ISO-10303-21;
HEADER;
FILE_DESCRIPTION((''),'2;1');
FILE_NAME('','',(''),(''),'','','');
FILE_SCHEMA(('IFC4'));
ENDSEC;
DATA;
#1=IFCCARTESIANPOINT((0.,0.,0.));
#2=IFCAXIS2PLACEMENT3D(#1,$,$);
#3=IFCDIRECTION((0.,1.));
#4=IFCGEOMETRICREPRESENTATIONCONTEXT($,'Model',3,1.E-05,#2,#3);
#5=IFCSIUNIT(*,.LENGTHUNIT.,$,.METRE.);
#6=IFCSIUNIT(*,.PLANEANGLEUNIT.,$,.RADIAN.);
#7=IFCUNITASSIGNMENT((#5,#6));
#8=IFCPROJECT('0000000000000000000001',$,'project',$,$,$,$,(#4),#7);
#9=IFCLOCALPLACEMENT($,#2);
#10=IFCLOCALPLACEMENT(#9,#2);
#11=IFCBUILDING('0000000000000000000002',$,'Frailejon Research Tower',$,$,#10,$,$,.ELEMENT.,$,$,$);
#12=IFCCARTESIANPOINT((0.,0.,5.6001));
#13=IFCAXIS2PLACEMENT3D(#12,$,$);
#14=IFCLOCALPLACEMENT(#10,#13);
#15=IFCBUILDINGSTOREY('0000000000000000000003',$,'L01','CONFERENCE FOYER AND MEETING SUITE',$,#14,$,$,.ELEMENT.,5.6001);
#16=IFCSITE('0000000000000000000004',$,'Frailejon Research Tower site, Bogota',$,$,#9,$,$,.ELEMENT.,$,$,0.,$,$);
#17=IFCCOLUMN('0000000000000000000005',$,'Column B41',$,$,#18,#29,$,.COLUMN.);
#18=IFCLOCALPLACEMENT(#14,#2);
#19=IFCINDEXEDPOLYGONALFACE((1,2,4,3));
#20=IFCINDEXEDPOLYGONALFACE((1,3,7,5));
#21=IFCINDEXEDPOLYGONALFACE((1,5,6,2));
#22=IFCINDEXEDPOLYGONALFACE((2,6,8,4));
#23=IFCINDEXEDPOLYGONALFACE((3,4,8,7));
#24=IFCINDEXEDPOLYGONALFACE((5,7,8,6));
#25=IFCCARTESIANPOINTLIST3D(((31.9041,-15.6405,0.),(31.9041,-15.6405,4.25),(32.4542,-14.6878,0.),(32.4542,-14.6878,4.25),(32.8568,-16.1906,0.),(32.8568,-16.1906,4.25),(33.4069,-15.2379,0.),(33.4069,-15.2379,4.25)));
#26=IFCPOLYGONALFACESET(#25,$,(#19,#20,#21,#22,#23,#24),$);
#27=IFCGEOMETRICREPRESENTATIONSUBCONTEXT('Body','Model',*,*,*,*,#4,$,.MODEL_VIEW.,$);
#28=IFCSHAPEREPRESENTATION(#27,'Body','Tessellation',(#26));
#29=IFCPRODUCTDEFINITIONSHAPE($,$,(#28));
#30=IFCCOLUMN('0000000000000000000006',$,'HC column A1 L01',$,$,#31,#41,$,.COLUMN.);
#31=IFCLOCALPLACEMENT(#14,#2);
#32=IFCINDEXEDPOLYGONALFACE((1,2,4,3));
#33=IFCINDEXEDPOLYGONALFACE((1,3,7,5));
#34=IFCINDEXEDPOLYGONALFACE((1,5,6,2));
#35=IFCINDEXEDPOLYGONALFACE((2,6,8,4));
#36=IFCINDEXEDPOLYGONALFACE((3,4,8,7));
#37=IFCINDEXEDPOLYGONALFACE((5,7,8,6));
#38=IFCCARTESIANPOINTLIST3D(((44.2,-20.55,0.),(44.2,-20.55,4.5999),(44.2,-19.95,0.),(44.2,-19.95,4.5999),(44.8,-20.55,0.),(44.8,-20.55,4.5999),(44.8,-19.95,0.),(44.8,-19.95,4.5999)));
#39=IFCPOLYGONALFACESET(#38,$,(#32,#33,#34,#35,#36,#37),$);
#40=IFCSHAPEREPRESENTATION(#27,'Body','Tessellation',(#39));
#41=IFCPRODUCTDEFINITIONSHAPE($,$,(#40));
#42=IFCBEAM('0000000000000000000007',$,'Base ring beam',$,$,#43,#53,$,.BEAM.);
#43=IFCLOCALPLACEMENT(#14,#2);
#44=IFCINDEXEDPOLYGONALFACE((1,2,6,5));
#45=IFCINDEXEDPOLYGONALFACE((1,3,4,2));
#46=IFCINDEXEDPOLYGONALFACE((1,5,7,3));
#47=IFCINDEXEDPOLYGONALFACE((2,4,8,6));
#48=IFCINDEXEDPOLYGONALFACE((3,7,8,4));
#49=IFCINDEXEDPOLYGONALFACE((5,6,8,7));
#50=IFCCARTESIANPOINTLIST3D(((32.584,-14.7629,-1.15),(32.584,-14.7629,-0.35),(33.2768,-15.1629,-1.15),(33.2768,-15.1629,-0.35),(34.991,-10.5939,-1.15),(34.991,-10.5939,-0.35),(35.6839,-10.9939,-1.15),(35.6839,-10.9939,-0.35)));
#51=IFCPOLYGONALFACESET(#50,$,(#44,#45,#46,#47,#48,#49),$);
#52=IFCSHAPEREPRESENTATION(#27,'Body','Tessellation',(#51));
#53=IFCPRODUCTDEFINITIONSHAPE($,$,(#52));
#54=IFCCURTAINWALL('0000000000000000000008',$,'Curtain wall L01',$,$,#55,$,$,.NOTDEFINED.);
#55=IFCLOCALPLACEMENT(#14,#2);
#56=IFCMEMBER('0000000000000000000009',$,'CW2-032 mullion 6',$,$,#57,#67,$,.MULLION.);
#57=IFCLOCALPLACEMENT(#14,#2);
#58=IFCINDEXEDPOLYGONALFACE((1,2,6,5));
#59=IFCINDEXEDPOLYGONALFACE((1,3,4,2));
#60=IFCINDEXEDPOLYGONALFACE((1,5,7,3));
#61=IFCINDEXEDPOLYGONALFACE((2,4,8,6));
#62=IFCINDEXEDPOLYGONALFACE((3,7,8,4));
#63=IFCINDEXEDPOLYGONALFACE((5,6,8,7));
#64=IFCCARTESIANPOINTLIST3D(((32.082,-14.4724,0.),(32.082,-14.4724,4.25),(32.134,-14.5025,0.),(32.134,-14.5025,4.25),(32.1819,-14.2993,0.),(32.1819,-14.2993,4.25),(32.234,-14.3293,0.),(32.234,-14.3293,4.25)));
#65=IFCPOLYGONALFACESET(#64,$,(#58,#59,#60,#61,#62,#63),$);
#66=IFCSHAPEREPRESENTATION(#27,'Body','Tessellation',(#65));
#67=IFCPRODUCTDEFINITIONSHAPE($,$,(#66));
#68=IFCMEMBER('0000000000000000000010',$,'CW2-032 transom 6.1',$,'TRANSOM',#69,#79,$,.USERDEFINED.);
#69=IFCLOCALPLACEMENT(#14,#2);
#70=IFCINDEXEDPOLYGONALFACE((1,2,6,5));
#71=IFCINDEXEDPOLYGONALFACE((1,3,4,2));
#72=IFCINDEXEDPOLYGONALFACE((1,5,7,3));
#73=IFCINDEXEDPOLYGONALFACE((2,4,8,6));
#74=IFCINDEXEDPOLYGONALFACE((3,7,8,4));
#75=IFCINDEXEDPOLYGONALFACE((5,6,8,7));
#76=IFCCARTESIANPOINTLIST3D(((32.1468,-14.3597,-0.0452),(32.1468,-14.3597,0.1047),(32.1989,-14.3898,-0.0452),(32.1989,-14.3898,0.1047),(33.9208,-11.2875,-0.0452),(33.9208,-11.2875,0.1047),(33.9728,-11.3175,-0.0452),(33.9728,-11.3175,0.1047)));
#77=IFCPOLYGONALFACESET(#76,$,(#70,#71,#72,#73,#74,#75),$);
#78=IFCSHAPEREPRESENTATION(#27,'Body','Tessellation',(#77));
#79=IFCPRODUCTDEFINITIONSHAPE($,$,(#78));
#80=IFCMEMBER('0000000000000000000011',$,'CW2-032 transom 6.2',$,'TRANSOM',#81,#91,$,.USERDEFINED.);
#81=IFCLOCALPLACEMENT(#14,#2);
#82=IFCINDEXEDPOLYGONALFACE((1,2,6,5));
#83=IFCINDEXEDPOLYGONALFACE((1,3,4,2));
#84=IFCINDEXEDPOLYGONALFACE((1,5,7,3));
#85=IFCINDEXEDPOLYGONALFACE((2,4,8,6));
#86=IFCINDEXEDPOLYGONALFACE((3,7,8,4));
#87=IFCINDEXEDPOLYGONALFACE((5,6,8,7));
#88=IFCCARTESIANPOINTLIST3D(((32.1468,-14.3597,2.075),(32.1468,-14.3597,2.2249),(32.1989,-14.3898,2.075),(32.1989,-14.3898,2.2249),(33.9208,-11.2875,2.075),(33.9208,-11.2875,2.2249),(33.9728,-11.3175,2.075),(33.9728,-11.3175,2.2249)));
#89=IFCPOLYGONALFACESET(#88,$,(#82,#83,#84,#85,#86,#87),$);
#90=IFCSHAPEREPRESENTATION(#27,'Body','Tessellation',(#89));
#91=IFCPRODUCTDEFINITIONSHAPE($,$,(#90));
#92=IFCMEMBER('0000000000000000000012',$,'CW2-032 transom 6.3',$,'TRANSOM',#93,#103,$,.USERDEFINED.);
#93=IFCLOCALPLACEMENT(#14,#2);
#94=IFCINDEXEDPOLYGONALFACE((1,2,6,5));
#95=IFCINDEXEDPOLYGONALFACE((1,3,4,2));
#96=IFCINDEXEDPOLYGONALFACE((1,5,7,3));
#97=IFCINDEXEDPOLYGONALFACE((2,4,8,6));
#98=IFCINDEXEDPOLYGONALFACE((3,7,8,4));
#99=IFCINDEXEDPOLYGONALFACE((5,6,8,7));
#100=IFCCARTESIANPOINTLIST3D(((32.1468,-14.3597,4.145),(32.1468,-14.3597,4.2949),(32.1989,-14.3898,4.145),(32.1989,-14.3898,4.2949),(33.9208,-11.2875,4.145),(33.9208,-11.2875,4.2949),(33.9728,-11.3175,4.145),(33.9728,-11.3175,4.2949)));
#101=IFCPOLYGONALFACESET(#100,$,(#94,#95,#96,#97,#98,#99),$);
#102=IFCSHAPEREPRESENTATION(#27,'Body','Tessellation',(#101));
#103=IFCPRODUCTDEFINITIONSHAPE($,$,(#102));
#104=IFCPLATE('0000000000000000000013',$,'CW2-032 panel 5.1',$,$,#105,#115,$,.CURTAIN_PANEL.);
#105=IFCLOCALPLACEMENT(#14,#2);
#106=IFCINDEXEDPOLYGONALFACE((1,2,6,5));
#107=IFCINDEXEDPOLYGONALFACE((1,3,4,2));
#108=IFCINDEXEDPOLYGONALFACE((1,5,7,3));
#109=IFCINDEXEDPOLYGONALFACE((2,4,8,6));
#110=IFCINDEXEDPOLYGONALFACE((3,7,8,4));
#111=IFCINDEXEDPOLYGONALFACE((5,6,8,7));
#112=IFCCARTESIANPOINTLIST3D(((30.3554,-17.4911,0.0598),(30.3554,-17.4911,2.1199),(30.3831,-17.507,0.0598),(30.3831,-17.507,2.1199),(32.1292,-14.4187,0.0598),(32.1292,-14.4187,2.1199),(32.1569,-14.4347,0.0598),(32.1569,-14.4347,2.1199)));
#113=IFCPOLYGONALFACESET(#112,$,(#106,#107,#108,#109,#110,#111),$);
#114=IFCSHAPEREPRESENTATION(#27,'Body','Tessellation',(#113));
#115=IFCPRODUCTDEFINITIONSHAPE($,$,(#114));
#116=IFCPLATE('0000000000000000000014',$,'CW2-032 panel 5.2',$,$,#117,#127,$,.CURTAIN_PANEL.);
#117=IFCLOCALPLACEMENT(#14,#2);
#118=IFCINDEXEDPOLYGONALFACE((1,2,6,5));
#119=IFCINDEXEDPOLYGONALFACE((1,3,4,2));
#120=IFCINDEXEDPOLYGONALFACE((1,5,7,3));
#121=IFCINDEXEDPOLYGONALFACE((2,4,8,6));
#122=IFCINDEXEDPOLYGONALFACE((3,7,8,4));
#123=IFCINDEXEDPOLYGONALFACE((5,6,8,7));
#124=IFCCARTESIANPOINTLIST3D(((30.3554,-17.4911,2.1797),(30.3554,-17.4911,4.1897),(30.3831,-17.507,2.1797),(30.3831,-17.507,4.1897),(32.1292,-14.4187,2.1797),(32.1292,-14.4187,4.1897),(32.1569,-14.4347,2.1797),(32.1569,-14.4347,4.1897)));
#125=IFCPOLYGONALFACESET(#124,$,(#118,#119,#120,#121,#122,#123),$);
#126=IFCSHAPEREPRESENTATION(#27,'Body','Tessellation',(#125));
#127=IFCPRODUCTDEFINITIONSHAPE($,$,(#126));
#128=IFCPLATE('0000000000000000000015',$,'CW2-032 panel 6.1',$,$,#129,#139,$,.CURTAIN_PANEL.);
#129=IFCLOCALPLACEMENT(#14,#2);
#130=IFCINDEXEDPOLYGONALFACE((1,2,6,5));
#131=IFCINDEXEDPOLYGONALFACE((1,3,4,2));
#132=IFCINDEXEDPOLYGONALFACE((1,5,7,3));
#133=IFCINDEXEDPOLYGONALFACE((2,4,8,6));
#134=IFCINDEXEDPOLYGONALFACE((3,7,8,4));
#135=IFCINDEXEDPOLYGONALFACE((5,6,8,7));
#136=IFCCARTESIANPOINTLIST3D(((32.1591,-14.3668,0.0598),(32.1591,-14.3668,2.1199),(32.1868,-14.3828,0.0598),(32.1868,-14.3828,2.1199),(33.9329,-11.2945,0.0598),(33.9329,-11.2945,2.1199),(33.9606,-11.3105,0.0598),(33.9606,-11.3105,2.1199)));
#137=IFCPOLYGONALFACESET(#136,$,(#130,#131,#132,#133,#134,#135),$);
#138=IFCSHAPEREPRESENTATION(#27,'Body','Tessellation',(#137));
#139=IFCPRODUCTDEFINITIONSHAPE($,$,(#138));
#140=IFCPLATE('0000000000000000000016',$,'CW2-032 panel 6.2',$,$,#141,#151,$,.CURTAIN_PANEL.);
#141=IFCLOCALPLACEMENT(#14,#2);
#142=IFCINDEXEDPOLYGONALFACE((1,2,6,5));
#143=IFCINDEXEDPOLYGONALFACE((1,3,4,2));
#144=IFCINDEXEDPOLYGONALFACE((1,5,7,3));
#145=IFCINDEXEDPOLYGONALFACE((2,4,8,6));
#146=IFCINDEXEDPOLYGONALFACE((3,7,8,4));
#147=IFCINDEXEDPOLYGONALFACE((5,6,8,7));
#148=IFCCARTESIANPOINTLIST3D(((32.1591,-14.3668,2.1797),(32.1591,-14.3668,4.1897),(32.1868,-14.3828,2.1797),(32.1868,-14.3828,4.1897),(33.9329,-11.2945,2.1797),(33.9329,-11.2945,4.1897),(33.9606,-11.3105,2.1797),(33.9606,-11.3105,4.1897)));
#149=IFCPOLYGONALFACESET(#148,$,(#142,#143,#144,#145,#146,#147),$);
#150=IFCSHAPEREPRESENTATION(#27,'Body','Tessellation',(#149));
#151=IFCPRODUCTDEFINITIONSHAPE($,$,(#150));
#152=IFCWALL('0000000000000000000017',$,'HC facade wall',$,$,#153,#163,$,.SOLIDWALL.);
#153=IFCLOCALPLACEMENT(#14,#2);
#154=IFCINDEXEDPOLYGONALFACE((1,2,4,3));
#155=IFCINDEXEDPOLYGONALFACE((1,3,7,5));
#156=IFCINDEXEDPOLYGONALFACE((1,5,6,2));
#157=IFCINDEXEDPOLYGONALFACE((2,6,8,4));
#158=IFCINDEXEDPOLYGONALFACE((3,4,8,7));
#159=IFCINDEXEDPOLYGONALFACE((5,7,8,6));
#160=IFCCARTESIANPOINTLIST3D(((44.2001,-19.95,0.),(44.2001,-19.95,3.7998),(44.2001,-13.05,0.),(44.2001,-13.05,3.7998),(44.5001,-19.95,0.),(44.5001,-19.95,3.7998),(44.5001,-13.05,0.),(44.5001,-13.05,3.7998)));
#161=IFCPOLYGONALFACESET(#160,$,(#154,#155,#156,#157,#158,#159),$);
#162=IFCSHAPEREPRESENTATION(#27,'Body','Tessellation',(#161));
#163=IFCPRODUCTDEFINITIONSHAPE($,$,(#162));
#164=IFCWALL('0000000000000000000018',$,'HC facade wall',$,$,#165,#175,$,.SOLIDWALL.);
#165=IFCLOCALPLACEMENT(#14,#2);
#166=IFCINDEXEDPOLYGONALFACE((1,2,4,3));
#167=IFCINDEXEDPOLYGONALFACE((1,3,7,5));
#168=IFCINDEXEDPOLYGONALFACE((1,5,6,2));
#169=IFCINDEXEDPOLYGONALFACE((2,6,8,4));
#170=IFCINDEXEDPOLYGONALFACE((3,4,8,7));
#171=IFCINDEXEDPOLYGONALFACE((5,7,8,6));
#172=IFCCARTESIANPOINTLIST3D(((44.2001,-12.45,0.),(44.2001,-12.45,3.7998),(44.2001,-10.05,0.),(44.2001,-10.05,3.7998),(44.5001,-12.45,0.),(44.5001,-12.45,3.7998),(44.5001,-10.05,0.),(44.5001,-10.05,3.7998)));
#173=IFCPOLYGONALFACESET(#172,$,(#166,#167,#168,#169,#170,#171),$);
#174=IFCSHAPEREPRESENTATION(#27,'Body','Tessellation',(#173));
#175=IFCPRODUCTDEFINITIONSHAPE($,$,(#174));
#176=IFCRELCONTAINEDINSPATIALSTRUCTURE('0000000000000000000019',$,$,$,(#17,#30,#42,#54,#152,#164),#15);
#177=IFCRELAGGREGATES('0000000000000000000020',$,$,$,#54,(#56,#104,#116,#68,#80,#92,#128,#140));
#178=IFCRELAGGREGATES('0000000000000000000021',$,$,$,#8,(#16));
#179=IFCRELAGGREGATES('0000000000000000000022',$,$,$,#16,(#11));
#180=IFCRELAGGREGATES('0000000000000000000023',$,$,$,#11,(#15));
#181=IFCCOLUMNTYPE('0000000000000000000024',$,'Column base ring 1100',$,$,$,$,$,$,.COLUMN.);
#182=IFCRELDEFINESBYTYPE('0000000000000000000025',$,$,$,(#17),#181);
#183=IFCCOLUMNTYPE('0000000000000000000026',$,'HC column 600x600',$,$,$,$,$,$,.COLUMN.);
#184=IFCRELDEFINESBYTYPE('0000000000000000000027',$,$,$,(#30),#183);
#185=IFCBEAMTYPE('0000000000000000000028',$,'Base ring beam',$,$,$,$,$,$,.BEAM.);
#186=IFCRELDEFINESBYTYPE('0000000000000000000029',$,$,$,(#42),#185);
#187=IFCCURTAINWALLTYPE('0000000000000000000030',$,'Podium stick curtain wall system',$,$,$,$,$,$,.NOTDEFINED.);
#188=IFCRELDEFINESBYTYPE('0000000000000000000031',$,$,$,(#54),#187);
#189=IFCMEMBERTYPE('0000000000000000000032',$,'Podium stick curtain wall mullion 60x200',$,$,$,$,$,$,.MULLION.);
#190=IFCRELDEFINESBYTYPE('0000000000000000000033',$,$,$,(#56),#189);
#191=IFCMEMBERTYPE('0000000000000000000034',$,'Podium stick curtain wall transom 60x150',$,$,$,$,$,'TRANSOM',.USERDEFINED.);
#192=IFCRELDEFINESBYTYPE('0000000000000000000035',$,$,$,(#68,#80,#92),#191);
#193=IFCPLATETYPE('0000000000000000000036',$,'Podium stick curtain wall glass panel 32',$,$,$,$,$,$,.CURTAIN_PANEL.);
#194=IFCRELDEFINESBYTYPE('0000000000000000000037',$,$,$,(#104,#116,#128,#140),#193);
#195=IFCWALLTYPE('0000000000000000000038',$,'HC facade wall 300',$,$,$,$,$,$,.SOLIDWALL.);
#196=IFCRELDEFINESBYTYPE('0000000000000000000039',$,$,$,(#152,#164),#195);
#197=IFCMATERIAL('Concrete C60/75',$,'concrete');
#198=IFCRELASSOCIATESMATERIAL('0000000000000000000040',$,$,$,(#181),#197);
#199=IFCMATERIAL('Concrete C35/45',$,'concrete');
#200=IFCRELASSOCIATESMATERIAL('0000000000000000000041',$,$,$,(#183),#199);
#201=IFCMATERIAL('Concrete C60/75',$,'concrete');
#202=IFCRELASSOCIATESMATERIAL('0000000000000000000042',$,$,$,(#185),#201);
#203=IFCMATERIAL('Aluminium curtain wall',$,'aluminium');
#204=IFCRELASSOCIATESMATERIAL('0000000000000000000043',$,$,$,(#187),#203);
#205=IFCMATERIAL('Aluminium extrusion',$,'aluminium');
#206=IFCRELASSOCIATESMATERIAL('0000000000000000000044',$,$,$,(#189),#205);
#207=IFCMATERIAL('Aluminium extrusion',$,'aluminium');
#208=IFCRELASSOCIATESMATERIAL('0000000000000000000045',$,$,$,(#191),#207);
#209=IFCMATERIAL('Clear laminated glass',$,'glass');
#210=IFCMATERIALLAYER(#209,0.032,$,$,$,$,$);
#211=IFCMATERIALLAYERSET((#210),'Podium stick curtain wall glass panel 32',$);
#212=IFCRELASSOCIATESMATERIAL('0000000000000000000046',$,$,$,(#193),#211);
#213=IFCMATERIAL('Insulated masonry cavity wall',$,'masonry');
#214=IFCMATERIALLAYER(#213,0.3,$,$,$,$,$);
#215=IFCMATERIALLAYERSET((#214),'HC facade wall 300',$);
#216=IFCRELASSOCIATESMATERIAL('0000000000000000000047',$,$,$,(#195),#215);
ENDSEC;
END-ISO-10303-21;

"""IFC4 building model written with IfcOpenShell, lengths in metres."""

from ifc_helpers import new_model, si_unit, direction, frame, frame_2d, origin, origin_2d, place, context, subcontext, project, spatial, rectangle, extrude, material, layer, layer_set, material_profile, profile_set, type_object, element, aggregate, save


model = new_model("IFC4")

# Units and contexts
model_context = context("Model", 3, precision=1e-05, world=origin(), true_north=direction((0.0, 1.0)))
body_context = subcontext(model_context, "Body", "Model", "MODEL_VIEW")
ifc_project = project(units=[si_unit("LENGTHUNIT", "METRE"), si_unit("PLANEANGLEUNIT", "RADIAN")], contexts=[model_context])

# Site, building, storey
site_placement = place(None, origin())
site = spatial("IfcSite", under=ifc_project, at=site_placement, Name="Frailejon Research Tower site, Bogota", CompositionType="ELEMENT", RefElevation=0.0)
building_placement = place(site_placement, origin())
building = spatial("IfcBuilding", under=site, at=building_placement, Name="Frailejon Research Tower", CompositionType="ELEMENT")
storey_placement = place(building_placement, frame((0.0, 0.0, 5.6001)))
storey = spatial("IfcBuildingStorey", under=building, at=storey_placement, Name="L01", Description="CONFERENCE FOYER AND MEETING SUITE", CompositionType="ELEMENT", Elevation=5.6001)

# Columns
ifc_material_1 = material(Name="Concrete C60/75", Category="concrete")
ifc_material_profile_1 = material_profile(ifc_material_1, rectangle(XDim=1.1001, YDim=1.1001, at=origin_2d()), Name="Column base ring 1100")
ifc_profile_set_1 = profile_set([ifc_material_profile_1], Name="Concrete C60/75")
column_type_1 = type_object("IfcColumnType", Name="Column base ring 1100", PredefinedType="COLUMN", material=ifc_profile_set_1)
column_1_placement = place(storey_placement, frame((32.6555, -15.4392, 0.0), z_axis=(0.0, 0.0, 1.0), x_axis=(0.5, 0.866025, 0.0)))
element("IfcColumn", 1, at=column_1_placement, inside=storey, type_object=column_type_1, Name="Column B41", PredefinedType="COLUMN", context=body_context, shape_type="SweptSolid", body=[
    extrude(rectangle(XDim=1.1001, YDim=1.1001, at=origin_2d()), origin(), (0.0, 0.0, 1.0), 4.25),
])
ifc_material_2 = material(Name="Concrete C35/45", Category="concrete")
ifc_material_profile_2 = material_profile(ifc_material_2, rectangle(XDim=0.6001, YDim=0.6001, at=origin_2d()), Name="HC column 600x600")
ifc_profile_set_2 = profile_set([ifc_material_profile_2], Name="Concrete C35/45")
column_type_2 = type_object("IfcColumnType", Name="HC column 600x600", PredefinedType="COLUMN", material=ifc_profile_set_2)
column_2_placement = place(storey_placement, frame((44.5, -20.25, 0.0), z_axis=(0.0, 0.0, 1.0), x_axis=(1.0, 0.0, 0.0)))
element("IfcColumn", 2, at=column_2_placement, inside=storey, type_object=column_type_2, Name="HC column A1 L01", PredefinedType="COLUMN", context=body_context, shape_type="SweptSolid", body=[
    extrude(rectangle(XDim=0.6001, YDim=0.6001, at=origin_2d()), origin(), (0.0, 0.0, 1.0), 4.5999),
])

# Beam
ifc_material_3 = material(Name="Concrete C60/75", Category="concrete")
ifc_material_profile_3 = material_profile(ifc_material_3, rectangle(XDim=0.8, YDim=0.8, at=origin_2d()), Name="Base ring beam")
ifc_profile_set_3 = profile_set([ifc_material_profile_3], Name="Concrete C60/75")
beam_type = type_object("IfcBeamType", Name="Base ring beam", PredefinedType="BEAM", material=ifc_profile_set_3)
beam_placement = place(storey_placement, frame((32.9304, -14.9629, -0.75), z_axis=(0.500006, 0.866022, 0.0), x_axis=(-0.866022, 0.500006, 0.0)))
element("IfcBeam", 3, at=beam_placement, inside=storey, type_object=beam_type, Name="Base ring beam", PredefinedType="BEAM", context=body_context, shape_type="SweptSolid", body=[
    extrude(rectangle(XDim=0.8, YDim=0.8, at=origin_2d()), origin(), (0.0, 0.0, 1.0), 4.814),
])

# Curtain wall, members, plates
ifc_material_4 = material(Name="Aluminium curtain wall", Category="aluminium")
curtain_wall_type = type_object("IfcCurtainWallType", Name="Podium stick curtain wall system", PredefinedType="NOTDEFINED", material=ifc_material_4)
curtain_wall_placement = place(storey_placement, origin())
curtain_wall = element("IfcCurtainWall", 4, at=curtain_wall_placement, inside=storey, type_object=curtain_wall_type, Name="Curtain wall L01", PredefinedType="NOTDEFINED")
ifc_material_5 = material(Name="Aluminium extrusion", Category="aluminium")
ifc_material_profile_4 = material_profile(ifc_material_5, rectangle(XDim=0.0601, YDim=0.2, at=origin_2d()), Name="Podium stick curtain wall mullion 60x200")
ifc_profile_set_4 = profile_set([ifc_material_profile_4], Name="Aluminium extrusion")
member_type_1 = type_object("IfcMemberType", Name="Podium stick curtain wall mullion 60x200", PredefinedType="MULLION", material=ifc_profile_set_4)
member_1_placement = place(storey_placement, frame((32.158, -14.4009, 0.0), z_axis=(0.0, 0.0, 1.0), x_axis=(-0.866026, 0.499998, 0.0)))
member_1 = element("IfcMember", 5, at=member_1_placement, type_object=member_type_1, Name="CW2-032 mullion 6", PredefinedType="MULLION", context=body_context, shape_type="SweptSolid", body=[
    extrude(rectangle(XDim=0.0601, YDim=0.2, at=origin_2d()), origin(), (0.0, 0.0, 1.0), 4.25),
])
ifc_material_6 = material(Name="Aluminium extrusion", Category="aluminium")
ifc_material_profile_5 = material_profile(ifc_material_6, rectangle(XDim=0.0601, YDim=0.1499, at=origin_2d()), Name="Podium stick curtain wall transom 60x150")
ifc_profile_set_5 = profile_set([ifc_material_profile_5], Name="Aluminium extrusion")
member_type_2 = type_object("IfcMemberType", Name="Podium stick curtain wall transom 60x150", ElementType="TRANSOM", PredefinedType="USERDEFINED", material=ifc_profile_set_5)
member_2_placement = place(storey_placement, frame((32.1729, -14.3748, 0.0298), z_axis=(0.500032, 0.866007, 0.0), x_axis=(-0.866007, 0.500032, 0.0)))
member_2 = element("IfcMember", 6, at=member_2_placement, type_object=member_type_2, Name="CW2-032 transom 6.1", ObjectType="TRANSOM", PredefinedType="USERDEFINED", context=body_context, shape_type="SweptSolid", body=[
    extrude(rectangle(XDim=0.0601, YDim=0.1499, at=origin_2d()), origin(), (0.0, 0.0, 1.0), 3.5476),
])
member_3_placement = place(storey_placement, frame((32.1729, -14.3748, 2.1499), z_axis=(0.500032, 0.866007, 0.0), x_axis=(-0.866007, 0.500032, 0.0)))
member_3 = element("IfcMember", 7, at=member_3_placement, type_object=member_type_2, Name="CW2-032 transom 6.2", ObjectType="TRANSOM", PredefinedType="USERDEFINED", context=body_context, shape_type="SweptSolid", body=[
    extrude(rectangle(XDim=0.0601, YDim=0.1499, at=origin_2d()), origin(), (0.0, 0.0, 1.0), 3.5476),
])
member_4_placement = place(storey_placement, frame((32.1729, -14.3748, 4.22), z_axis=(0.500032, 0.866007, 0.0), x_axis=(-0.866007, 0.500032, 0.0)))
member_4 = element("IfcMember", 8, at=member_4_placement, type_object=member_type_2, Name="CW2-032 transom 6.3", ObjectType="TRANSOM", PredefinedType="USERDEFINED", context=body_context, shape_type="SweptSolid", body=[
    extrude(rectangle(XDim=0.0601, YDim=0.1499, at=origin_2d()), origin(), (0.0, 0.0, 1.0), 3.5476),
])
ifc_material_7 = material(Name="Clear laminated glass", Category="glass")
ifc_layer_1 = layer(ifc_material_7, 0.032)
ifc_layer_set_1 = layer_set([ifc_layer_1], Name="Podium stick curtain wall glass panel 32")
plate_type = type_object("IfcPlateType", Name="Podium stick curtain wall glass panel 32", PredefinedType="CURTAIN_PANEL", material=ifc_layer_set_1)
plate_1_placement = place(storey_placement, frame((31.2561, -15.9629, 0.0598), z_axis=(0.0, 0.0, 1.0), x_axis=(0.499998, 0.866026, 0.0)))
plate_1 = element("IfcPlate", 9, at=plate_1_placement, type_object=plate_type, Name="CW2-032 panel 5.1", PredefinedType="CURTAIN_PANEL", context=body_context, shape_type="SweptSolid", body=[
    extrude(rectangle(XDim=3.5476, YDim=0.032, at=origin_2d()), origin(), (0.0, 0.0, 1.0), 2.0601),
])
plate_2_placement = place(storey_placement, frame((31.2561, -15.9629, 2.1797), z_axis=(0.0, 0.0, 1.0), x_axis=(0.499998, 0.866026, 0.0)))
plate_2 = element("IfcPlate", 10, at=plate_2_placement, type_object=plate_type, Name="CW2-032 panel 5.2", PredefinedType="CURTAIN_PANEL", context=body_context, shape_type="SweptSolid", body=[
    extrude(rectangle(XDim=3.5476, YDim=0.032, at=origin_2d()), origin(), (0.0, 0.0, 1.0), 2.01),
])
plate_3_placement = place(storey_placement, frame((33.0598, -12.8386, 0.0598), z_axis=(0.0, 0.0, 1.0), x_axis=(0.499998, 0.866026, 0.0)))
plate_3 = element("IfcPlate", 11, at=plate_3_placement, type_object=plate_type, Name="CW2-032 panel 6.1", PredefinedType="CURTAIN_PANEL", context=body_context, shape_type="SweptSolid", body=[
    extrude(rectangle(XDim=3.5476, YDim=0.032, at=origin_2d()), origin(), (0.0, 0.0, 1.0), 2.0601),
])
plate_4_placement = place(storey_placement, frame((33.0598, -12.8386, 2.1797), z_axis=(0.0, 0.0, 1.0), x_axis=(0.499998, 0.866026, 0.0)))
plate_4 = element("IfcPlate", 12, at=plate_4_placement, type_object=plate_type, Name="CW2-032 panel 6.2", PredefinedType="CURTAIN_PANEL", context=body_context, shape_type="SweptSolid", body=[
    extrude(rectangle(XDim=3.5476, YDim=0.032, at=origin_2d()), origin(), (0.0, 0.0, 1.0), 2.01),
])
aggregate(curtain_wall, [member_1, plate_1, plate_2, member_2, member_3, member_4, plate_3, plate_4])

# Walls
ifc_material_8 = material(Name="Insulated masonry cavity wall", Category="masonry")
ifc_layer_2 = layer(ifc_material_8, 0.3)
ifc_layer_set_2 = layer_set([ifc_layer_2], Name="HC facade wall 300")
wall_type_1 = type_object("IfcWallType", Name="HC facade wall 300", PredefinedType="SOLIDWALL", material=ifc_layer_set_2)
wall_1_placement = place(storey_placement, frame((44.3501, -19.95, 0.0), z_axis=(0.0, 0.0, 1.0), x_axis=(0.0, 1.0, 0.0)))
element("IfcWall", 13, at=wall_1_placement, inside=storey, type_object=wall_type_1, Name="HC facade wall", PredefinedType="SOLIDWALL", context=body_context, shape_type="SweptSolid", body=[
    extrude(rectangle(XDim=6.8999, YDim=0.3, at=frame_2d((3.45, 0.0))), origin(), (0.0, 0.0, 1.0), 3.7998),
])
wall_2_placement = place(storey_placement, frame((44.3501, -12.45, 0.0), z_axis=(0.0, 0.0, 1.0), x_axis=(0.0, 1.0, 0.0)))
element("IfcWall", 14, at=wall_2_placement, inside=storey, type_object=wall_type_1, Name="HC facade wall", PredefinedType="SOLIDWALL", context=body_context, shape_type="SweptSolid", body=[
    extrude(rectangle(XDim=2.3999, YDim=0.3, at=frame_2d((1.2, 0.0))), origin(), (0.0, 0.0, 1.0), 3.7998),
])

save(model, "model.ifc")
